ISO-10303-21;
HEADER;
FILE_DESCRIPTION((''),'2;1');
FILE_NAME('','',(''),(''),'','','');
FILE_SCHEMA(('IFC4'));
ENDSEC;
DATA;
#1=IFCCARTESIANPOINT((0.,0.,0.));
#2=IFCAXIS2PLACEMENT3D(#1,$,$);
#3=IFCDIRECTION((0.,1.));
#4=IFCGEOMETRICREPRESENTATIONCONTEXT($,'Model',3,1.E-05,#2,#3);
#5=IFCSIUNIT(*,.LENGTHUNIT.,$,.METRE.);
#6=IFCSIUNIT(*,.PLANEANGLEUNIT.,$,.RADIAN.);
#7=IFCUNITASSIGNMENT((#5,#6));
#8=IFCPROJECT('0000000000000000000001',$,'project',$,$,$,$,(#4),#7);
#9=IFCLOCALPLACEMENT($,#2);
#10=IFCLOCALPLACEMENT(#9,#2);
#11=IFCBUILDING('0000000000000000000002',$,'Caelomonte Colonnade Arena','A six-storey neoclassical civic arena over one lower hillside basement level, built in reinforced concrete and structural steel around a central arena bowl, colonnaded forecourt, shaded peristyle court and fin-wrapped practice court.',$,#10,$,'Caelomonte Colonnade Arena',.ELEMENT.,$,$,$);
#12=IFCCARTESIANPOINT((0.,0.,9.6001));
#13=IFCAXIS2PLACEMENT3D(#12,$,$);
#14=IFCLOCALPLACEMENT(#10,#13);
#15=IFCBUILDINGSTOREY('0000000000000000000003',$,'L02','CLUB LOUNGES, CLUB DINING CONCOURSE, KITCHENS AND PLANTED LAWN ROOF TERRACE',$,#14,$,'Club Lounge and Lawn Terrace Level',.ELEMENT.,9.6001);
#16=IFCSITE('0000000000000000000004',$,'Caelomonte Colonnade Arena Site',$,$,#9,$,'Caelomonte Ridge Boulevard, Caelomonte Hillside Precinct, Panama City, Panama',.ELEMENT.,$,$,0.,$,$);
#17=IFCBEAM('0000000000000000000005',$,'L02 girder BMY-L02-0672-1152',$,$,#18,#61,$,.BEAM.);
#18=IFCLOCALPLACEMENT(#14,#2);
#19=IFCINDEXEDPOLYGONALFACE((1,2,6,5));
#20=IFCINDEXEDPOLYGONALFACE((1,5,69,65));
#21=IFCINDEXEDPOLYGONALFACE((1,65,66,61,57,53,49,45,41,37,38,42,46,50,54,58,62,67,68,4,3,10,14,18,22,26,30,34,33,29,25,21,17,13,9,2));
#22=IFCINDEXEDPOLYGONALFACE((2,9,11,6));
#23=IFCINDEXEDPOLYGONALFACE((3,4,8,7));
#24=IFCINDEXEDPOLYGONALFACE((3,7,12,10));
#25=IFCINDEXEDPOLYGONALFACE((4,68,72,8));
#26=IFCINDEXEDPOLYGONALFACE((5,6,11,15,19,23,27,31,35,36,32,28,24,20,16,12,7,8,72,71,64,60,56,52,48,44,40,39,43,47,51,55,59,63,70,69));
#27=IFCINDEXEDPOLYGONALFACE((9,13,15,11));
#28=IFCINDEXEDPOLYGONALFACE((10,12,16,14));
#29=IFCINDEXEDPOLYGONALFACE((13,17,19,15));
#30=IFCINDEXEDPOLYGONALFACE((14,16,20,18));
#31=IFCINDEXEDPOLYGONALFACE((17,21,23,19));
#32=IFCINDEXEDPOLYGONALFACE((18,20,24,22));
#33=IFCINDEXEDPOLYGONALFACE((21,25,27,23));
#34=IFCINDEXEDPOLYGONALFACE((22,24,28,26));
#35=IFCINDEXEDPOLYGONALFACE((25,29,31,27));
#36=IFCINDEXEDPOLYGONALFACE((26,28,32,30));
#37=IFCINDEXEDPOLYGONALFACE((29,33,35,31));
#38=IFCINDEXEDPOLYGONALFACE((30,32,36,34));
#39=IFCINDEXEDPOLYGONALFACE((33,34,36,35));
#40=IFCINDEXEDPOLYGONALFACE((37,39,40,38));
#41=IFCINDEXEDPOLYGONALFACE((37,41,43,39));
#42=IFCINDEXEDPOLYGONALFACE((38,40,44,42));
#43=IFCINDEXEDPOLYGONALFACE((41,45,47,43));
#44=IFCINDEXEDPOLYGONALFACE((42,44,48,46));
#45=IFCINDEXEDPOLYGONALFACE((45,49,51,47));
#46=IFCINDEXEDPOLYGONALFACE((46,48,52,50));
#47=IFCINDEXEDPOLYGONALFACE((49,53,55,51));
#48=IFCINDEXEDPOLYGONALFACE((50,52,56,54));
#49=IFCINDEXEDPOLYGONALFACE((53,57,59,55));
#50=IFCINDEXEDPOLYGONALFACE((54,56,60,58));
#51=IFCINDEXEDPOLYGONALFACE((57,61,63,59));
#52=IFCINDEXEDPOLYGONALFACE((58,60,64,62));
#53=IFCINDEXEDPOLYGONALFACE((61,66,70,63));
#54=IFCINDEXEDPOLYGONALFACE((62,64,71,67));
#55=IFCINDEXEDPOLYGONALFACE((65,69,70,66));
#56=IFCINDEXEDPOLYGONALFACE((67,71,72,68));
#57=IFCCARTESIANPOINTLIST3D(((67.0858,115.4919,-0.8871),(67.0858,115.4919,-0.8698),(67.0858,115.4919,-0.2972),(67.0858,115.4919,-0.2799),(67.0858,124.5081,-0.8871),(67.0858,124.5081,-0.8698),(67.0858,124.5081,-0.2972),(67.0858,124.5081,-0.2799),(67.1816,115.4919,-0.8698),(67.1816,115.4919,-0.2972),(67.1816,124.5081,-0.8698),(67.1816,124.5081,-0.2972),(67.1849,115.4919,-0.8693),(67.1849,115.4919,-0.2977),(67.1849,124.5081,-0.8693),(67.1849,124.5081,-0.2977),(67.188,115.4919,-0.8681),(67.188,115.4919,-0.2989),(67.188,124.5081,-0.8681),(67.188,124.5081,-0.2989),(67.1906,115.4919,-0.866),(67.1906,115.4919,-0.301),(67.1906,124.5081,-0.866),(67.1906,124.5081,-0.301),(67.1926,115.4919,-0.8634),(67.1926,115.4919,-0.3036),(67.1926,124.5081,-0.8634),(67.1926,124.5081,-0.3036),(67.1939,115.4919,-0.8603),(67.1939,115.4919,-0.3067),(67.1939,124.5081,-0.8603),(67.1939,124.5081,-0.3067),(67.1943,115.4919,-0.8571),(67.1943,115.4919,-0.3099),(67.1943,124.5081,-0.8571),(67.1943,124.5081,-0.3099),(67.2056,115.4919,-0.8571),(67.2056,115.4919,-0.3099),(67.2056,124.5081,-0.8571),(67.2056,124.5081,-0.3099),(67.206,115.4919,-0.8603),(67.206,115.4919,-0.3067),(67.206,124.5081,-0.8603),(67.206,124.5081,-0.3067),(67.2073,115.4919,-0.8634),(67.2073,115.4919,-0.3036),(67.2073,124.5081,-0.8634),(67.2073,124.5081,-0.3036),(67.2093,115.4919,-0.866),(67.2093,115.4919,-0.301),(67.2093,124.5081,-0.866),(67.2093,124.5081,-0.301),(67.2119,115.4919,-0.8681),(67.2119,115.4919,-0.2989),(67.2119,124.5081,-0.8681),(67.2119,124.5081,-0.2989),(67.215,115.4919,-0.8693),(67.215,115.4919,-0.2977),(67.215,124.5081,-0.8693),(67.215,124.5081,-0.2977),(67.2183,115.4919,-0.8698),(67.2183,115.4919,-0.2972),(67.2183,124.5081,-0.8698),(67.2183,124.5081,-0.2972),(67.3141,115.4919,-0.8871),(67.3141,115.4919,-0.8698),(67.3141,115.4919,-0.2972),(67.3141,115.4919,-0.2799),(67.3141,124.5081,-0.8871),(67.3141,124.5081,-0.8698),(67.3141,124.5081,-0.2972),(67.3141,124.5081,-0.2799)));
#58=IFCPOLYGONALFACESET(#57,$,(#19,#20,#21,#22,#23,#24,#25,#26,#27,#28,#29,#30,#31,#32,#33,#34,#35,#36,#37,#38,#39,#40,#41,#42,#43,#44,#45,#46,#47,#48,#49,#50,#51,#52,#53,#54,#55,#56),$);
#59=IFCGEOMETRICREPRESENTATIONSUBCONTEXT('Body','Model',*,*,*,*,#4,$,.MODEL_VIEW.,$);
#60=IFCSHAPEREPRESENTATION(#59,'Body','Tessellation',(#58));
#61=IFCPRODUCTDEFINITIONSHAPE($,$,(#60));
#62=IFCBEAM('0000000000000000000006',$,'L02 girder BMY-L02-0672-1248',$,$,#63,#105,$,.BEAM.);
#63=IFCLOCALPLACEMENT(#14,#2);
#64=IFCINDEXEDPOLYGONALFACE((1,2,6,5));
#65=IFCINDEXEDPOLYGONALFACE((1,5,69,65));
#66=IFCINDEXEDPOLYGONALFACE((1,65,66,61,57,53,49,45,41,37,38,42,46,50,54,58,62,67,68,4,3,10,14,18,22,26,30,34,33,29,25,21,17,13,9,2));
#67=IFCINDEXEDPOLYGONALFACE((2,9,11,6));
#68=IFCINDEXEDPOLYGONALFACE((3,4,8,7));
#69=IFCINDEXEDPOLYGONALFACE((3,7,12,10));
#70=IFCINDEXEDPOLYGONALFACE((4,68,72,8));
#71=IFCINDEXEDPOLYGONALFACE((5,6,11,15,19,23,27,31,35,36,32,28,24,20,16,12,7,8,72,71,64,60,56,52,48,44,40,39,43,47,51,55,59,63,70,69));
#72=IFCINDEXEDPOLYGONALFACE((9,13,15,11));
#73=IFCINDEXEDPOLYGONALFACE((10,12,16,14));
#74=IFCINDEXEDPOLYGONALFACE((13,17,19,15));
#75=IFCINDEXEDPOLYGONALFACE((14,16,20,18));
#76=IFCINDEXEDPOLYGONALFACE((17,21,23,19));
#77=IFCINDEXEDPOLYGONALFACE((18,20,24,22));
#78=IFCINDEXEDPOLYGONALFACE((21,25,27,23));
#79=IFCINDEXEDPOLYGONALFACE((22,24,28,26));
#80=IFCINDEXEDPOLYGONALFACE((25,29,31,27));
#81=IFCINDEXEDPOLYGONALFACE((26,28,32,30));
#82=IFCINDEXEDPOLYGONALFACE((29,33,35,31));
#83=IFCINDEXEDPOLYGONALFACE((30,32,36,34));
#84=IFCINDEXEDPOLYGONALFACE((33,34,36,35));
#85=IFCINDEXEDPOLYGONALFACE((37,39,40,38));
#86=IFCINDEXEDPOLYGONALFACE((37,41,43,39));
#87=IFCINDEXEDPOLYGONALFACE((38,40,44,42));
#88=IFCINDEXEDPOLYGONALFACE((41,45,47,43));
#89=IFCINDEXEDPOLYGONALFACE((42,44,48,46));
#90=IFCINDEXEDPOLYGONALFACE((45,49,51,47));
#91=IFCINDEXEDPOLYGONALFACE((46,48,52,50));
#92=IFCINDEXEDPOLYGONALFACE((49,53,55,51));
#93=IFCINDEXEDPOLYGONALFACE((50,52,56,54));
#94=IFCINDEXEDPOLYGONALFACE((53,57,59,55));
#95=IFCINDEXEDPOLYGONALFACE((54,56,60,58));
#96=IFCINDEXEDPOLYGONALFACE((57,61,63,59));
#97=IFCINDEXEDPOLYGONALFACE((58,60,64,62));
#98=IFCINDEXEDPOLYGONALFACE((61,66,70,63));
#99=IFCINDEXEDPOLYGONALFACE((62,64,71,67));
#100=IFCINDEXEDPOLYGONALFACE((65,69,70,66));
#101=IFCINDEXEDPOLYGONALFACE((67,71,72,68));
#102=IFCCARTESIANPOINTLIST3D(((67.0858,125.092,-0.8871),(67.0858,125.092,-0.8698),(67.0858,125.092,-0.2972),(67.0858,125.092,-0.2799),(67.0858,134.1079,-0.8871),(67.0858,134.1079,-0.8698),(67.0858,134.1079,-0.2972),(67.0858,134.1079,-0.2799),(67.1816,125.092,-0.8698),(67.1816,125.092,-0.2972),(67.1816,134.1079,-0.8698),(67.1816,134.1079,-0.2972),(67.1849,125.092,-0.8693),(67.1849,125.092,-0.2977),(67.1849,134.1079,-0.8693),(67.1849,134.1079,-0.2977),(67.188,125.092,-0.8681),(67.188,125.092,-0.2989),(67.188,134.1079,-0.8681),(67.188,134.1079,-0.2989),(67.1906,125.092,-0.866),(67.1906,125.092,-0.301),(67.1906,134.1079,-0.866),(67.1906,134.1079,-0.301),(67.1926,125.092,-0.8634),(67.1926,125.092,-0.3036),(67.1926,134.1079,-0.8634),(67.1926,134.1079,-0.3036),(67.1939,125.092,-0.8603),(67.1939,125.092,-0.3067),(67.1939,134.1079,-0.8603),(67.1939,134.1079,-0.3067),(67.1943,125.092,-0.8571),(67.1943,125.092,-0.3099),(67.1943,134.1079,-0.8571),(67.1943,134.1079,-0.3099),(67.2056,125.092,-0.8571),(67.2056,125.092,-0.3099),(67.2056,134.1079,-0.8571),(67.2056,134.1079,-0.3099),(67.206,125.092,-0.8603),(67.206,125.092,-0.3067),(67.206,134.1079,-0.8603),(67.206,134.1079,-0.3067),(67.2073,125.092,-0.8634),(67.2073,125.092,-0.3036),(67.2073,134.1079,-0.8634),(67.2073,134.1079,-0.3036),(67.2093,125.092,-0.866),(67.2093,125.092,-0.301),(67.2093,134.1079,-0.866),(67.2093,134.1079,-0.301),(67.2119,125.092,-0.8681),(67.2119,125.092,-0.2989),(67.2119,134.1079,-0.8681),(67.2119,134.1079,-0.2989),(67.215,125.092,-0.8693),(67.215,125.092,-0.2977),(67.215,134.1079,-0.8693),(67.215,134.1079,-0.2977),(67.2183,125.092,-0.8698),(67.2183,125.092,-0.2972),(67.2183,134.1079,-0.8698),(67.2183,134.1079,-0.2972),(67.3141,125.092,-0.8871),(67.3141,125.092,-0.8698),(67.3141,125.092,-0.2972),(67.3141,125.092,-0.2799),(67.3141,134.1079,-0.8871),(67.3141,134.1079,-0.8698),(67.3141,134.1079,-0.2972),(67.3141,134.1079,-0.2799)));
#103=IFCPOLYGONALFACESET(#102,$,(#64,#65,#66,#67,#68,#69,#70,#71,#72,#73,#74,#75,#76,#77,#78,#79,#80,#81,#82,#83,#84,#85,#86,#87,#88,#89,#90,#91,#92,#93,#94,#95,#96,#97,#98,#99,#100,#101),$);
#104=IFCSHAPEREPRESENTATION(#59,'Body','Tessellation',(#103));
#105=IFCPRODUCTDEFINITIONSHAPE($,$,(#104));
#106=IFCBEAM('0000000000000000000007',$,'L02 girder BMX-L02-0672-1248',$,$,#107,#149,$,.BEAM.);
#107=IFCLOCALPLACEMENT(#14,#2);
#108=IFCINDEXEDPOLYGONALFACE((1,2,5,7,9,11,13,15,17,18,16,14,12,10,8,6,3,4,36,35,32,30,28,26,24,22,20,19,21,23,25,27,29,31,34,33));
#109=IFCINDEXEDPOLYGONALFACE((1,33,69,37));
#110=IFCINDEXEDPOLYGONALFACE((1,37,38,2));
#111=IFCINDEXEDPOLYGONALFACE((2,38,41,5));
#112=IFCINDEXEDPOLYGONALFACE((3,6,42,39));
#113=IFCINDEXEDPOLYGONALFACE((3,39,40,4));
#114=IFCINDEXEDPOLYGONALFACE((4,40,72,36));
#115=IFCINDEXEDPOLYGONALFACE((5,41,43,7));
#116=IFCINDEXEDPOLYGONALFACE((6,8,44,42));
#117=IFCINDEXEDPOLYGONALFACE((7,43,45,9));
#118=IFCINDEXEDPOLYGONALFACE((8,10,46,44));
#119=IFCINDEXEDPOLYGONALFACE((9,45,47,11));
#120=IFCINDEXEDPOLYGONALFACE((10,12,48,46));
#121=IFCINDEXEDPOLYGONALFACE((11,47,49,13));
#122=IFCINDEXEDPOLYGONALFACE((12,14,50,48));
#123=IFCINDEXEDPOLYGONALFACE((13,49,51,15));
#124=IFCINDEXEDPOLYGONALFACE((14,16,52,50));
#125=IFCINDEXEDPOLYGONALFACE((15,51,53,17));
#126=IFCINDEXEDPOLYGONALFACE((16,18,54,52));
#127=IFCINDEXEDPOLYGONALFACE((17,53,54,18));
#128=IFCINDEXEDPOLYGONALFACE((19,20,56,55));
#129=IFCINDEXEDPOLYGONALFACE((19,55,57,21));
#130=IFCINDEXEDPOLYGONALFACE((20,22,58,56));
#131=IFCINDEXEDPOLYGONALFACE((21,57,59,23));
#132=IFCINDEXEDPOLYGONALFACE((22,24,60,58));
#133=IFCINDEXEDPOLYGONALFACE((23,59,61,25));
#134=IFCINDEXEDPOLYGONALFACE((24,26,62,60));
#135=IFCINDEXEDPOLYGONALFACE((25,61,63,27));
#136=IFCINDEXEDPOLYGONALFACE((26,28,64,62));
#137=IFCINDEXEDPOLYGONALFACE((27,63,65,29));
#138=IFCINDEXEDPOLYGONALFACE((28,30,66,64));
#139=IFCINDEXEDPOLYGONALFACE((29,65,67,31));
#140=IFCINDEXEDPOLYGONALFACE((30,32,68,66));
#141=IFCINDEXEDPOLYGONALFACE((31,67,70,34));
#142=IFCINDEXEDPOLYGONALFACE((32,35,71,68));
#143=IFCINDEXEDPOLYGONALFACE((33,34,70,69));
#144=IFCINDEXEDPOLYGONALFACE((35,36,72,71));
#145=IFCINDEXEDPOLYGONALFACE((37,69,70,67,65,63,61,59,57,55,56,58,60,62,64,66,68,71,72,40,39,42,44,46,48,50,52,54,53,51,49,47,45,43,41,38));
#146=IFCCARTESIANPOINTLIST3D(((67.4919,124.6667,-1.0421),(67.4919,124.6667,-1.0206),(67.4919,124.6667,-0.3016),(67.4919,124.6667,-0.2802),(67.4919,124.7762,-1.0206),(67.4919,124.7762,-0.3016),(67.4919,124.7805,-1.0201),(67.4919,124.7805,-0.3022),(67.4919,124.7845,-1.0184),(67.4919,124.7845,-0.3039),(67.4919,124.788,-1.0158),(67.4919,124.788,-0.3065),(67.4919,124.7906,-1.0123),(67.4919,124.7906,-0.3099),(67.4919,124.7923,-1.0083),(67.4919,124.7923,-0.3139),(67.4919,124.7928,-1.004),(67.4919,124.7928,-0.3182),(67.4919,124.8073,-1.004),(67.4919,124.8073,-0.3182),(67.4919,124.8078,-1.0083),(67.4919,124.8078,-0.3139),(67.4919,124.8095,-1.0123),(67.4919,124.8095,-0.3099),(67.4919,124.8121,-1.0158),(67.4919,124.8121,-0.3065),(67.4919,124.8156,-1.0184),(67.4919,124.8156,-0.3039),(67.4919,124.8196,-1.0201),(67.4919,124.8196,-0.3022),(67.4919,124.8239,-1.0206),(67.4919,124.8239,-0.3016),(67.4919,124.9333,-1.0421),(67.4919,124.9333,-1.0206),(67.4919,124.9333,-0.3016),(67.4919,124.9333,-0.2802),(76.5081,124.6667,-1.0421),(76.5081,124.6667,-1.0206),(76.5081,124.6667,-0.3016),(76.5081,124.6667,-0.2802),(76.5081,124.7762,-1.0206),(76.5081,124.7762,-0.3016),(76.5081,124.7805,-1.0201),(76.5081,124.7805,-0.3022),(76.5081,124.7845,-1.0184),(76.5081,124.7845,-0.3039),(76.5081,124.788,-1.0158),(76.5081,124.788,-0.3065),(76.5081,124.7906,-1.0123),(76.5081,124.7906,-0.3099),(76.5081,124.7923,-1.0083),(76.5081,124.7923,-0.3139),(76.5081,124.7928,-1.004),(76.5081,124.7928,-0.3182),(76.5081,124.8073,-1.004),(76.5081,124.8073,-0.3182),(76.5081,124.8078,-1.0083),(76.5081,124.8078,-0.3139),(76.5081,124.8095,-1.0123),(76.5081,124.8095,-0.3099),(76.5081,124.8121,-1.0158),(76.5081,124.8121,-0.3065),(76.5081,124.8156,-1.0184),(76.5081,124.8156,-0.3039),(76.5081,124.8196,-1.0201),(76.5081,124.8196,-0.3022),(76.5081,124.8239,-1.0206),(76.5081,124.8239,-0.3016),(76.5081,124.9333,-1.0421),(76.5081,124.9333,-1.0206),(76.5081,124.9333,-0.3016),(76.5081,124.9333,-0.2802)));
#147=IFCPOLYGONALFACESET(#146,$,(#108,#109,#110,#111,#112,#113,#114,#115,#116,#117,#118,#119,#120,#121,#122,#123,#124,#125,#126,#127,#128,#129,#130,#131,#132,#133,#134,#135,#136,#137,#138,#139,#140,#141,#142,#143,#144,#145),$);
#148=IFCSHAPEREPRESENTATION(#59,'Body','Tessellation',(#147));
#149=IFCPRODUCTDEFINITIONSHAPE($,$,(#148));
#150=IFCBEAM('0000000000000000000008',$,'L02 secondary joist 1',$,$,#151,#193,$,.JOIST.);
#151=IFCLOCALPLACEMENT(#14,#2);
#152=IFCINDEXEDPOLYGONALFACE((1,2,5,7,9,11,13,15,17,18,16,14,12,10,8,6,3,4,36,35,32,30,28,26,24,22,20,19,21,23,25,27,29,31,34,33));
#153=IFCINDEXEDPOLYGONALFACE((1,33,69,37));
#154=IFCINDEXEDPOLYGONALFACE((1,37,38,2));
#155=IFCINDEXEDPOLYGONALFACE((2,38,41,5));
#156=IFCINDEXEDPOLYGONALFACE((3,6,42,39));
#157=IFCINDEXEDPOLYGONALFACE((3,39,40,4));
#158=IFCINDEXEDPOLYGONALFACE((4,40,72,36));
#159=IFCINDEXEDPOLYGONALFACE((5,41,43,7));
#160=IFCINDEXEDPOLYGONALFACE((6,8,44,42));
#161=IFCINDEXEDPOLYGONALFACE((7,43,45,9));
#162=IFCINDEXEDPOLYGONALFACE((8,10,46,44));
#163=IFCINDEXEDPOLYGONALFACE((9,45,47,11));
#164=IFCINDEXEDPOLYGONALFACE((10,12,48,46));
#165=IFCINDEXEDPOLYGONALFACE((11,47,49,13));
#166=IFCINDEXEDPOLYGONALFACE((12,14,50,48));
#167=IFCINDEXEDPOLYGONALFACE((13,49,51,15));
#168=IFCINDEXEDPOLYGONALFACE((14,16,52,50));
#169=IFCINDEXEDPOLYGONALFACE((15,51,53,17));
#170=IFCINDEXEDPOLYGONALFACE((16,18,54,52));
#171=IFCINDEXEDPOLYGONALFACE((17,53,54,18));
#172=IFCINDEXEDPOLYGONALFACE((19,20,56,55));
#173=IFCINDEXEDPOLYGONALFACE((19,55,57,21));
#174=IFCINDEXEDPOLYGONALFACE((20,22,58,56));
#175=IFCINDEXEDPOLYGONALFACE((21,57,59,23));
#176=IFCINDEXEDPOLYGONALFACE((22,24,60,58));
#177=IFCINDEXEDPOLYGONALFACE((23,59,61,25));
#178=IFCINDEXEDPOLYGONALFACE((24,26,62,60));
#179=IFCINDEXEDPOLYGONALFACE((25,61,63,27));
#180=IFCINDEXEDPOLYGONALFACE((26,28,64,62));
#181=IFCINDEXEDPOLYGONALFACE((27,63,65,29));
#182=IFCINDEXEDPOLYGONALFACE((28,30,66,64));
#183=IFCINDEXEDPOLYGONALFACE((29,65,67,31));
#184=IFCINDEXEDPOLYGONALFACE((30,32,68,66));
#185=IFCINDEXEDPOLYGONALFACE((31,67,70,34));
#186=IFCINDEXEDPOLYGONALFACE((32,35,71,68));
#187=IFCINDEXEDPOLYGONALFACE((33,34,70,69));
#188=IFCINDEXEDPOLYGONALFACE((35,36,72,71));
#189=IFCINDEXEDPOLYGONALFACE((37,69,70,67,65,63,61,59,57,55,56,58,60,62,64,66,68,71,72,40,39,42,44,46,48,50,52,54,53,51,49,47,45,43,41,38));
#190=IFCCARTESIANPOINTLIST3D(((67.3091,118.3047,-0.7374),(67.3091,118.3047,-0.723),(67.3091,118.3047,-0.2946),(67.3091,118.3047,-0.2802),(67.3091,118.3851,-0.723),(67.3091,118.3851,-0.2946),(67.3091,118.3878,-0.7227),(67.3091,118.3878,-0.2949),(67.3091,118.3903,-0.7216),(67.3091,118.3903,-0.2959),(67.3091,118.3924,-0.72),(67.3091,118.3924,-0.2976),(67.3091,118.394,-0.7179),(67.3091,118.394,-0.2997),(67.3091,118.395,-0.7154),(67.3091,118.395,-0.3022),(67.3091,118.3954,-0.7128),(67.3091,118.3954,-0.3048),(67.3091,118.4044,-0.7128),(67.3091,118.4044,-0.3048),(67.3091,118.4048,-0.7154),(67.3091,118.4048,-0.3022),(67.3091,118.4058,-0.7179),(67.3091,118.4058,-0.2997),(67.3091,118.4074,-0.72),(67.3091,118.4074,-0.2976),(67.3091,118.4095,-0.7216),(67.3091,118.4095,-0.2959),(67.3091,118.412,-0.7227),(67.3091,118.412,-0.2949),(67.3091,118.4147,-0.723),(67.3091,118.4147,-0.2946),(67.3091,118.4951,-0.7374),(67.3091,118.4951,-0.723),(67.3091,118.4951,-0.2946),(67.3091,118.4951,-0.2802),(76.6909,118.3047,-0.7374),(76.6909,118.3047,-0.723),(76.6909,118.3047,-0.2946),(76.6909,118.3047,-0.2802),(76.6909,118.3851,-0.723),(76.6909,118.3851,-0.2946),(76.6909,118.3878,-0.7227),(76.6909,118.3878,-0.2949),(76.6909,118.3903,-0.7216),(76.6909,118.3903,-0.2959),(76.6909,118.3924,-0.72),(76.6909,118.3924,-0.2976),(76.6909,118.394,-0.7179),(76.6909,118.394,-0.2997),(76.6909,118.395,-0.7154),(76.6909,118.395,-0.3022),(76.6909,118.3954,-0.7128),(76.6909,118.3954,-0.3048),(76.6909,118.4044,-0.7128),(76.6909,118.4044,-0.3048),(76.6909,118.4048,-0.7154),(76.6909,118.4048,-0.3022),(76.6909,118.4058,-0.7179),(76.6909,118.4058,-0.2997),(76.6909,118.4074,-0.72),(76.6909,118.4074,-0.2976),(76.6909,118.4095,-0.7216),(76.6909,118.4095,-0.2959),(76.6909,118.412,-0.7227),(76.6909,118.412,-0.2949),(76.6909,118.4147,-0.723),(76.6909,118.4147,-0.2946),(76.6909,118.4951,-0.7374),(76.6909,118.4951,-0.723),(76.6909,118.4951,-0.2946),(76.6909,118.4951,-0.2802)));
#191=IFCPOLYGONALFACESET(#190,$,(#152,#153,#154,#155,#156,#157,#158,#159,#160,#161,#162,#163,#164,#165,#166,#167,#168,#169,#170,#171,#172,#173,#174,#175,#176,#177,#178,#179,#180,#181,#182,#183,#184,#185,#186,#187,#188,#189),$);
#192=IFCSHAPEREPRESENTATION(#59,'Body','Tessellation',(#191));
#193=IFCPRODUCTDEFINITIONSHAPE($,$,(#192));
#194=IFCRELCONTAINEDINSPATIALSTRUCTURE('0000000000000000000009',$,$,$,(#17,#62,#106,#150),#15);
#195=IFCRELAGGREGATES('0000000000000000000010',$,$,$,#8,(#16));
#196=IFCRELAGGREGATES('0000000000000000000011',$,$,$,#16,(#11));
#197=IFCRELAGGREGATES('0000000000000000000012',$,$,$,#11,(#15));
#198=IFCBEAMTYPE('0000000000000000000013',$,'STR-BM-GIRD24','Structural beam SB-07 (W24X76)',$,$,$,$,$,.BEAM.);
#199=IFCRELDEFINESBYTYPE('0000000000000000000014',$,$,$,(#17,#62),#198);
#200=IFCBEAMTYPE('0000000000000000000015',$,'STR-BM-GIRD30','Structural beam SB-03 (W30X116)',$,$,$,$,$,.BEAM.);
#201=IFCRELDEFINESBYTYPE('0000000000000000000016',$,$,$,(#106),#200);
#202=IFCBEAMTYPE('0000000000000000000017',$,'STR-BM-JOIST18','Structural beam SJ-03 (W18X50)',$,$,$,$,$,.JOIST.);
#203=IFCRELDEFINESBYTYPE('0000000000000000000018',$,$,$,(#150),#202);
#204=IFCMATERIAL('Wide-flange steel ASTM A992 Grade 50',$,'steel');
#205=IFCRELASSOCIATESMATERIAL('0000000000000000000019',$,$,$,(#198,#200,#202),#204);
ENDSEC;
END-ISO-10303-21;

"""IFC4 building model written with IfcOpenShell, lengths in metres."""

from ifc_helpers import new_model, si_unit, direction, frame, origin, origin_2d, place, context, subcontext, project, spatial, i_section, extrude, material, material_profile, profile_set, type_object, element, save


model = new_model("IFC4")

# Units and contexts
model_context = context("Model", 3, precision=1e-05, world=origin(), true_north=direction((0.0, 1.0)))
body_context = subcontext(model_context, "Body", "Model", "MODEL_VIEW")
ifc_project = project(units=[si_unit("LENGTHUNIT", "METRE"), si_unit("PLANEANGLEUNIT", "RADIAN")], contexts=[model_context])

# Site, building, storey
site_placement = place(None, origin())
site = spatial("IfcSite", under=ifc_project, at=site_placement, Name="Caelomonte Colonnade Arena Site", LongName="Caelomonte Ridge Boulevard, Caelomonte Hillside Precinct, Panama City, Panama", CompositionType="ELEMENT", RefElevation=0.0)
building_placement = place(site_placement, origin())
building = spatial("IfcBuilding", under=site, at=building_placement, Name="Caelomonte Colonnade Arena", Description="A six-storey neoclassical civic arena over one lower hillside basement level, built in reinforced concrete and structural steel around a central arena bowl, colonnaded forecourt, shaded peristyle court and fin-wrapped practice court.", LongName="Caelomonte Colonnade Arena", CompositionType="ELEMENT")
storey_placement = place(building_placement, frame((0.0, 0.0, 9.6001)))
storey = spatial("IfcBuildingStorey", under=building, at=storey_placement, Name="L02", Description="CLUB LOUNGES, CLUB DINING CONCOURSE, KITCHENS AND PLANTED LAWN ROOF TERRACE", LongName="Club Lounge and Lawn Terrace Level", CompositionType="ELEMENT", Elevation=9.6001)

# Beams
ifc_material_1 = material(Name="Wide-flange steel ASTM A992 Grade 50", Category="steel")
ifc_material_profile_1 = material_profile(ifc_material_1, i_section(OverallWidth=0.2283, OverallDepth=0.6072, WebThickness=0.0112, FlangeThickness=0.0173, FilletRadius=0.0127, at=origin_2d()), Name="W24X76")
ifc_profile_set_1 = profile_set([ifc_material_profile_1], Name="Wide-flange steel ASTM A992 Grade 50")
beam_type_1 = type_object("IfcBeamType", Name="STR-BM-GIRD24", Description="Structural beam SB-07 (W24X76)", PredefinedType="BEAM", material=ifc_profile_set_1)
beam_1_placement = place(storey_placement, frame((67.2, 115.4919, -0.5835), z_axis=(0.0, 1.0, 0.0), x_axis=(-1.0, 0.0, 0.0)))
element("IfcBeam", 1, at=beam_1_placement, inside=storey, type_object=beam_type_1, Name="L02 girder BMY-L02-0672-1152", PredefinedType="BEAM", context=body_context, shape_type="SweptSolid", body=[
    extrude(i_section(OverallWidth=0.2283, OverallDepth=0.6072, WebThickness=0.0112, FlangeThickness=0.0173, FilletRadius=0.0127, at=origin_2d()), origin(), (0.0, 0.0, 1.0), 9.0161),
])
beam_2_placement = place(storey_placement, frame((67.2, 125.092, -0.5835), z_axis=(0.0, 1.0, 0.0), x_axis=(-1.0, 0.0, 0.0)))
element("IfcBeam", 2, at=beam_2_placement, inside=storey, type_object=beam_type_1, Name="L02 girder BMY-L02-0672-1248", PredefinedType="BEAM", context=body_context, shape_type="SweptSolid", body=[
    extrude(i_section(OverallWidth=0.2283, OverallDepth=0.6072, WebThickness=0.0112, FlangeThickness=0.0173, FilletRadius=0.0127, at=origin_2d()), origin(), (0.0, 0.0, 1.0), 9.0159),
])
ifc_material_profile_2 = material_profile(ifc_material_1, i_section(OverallWidth=0.2666, OverallDepth=0.762, WebThickness=0.0144, FlangeThickness=0.0215, FilletRadius=0.0166, at=origin_2d()), Name="W30X116")
ifc_profile_set_2 = profile_set([ifc_material_profile_2], Name="Wide-flange steel ASTM A992 Grade 50")
beam_type_2 = type_object("IfcBeamType", Name="STR-BM-GIRD30", Description="Structural beam SB-03 (W30X116)", PredefinedType="BEAM", material=ifc_profile_set_2)
beam_3_placement = place(storey_placement, frame((67.4919, 124.8, -0.6611), z_axis=(1.0, 0.0, 0.0), x_axis=(0.0, 1.0, 0.0)))
element("IfcBeam", 3, at=beam_3_placement, inside=storey, type_object=beam_type_2, Name="L02 girder BMX-L02-0672-1248", PredefinedType="BEAM", context=body_context, shape_type="SweptSolid", body=[
    extrude(i_section(OverallWidth=0.2666, OverallDepth=0.762, WebThickness=0.0144, FlangeThickness=0.0215, FilletRadius=0.0166, at=origin_2d()), origin(), (0.0, 0.0, 1.0), 9.0161),
])
ifc_material_profile_3 = material_profile(ifc_material_1, i_section(OverallWidth=0.1904, OverallDepth=0.4573, WebThickness=0.009, FlangeThickness=0.0144, FilletRadius=0.0103, at=origin_2d()), Name="W18X50")
ifc_profile_set_3 = profile_set([ifc_material_profile_3], Name="Wide-flange steel ASTM A992 Grade 50")
beam_type_3 = type_object("IfcBeamType", Name="STR-BM-JOIST18", Description="Structural beam SJ-03 (W18X50)", PredefinedType="JOIST", material=ifc_profile_set_3)
for number, where, z_axis, x_axis, name in (
    (4, (67.3091, 118.3999, -0.5088), (1.0, 0.0, 0.0), (0.0, 1.0, 0.0), "L02 secondary joist 1"),
):
    element("IfcBeam", number, at=place(storey_placement, frame(where, z_axis=z_axis, x_axis=x_axis)), inside=storey, type_object=beam_type_3, Name=name, PredefinedType="JOIST", context=body_context, shape_type="SweptSolid", body=[
        extrude(i_section(OverallWidth=0.1904, OverallDepth=0.4573, WebThickness=0.009, FlangeThickness=0.0144, FilletRadius=0.0103, at=origin_2d()), origin(), (0.0, 0.0, 1.0), 9.3818),
    ])

save(model, "model.ifc")
